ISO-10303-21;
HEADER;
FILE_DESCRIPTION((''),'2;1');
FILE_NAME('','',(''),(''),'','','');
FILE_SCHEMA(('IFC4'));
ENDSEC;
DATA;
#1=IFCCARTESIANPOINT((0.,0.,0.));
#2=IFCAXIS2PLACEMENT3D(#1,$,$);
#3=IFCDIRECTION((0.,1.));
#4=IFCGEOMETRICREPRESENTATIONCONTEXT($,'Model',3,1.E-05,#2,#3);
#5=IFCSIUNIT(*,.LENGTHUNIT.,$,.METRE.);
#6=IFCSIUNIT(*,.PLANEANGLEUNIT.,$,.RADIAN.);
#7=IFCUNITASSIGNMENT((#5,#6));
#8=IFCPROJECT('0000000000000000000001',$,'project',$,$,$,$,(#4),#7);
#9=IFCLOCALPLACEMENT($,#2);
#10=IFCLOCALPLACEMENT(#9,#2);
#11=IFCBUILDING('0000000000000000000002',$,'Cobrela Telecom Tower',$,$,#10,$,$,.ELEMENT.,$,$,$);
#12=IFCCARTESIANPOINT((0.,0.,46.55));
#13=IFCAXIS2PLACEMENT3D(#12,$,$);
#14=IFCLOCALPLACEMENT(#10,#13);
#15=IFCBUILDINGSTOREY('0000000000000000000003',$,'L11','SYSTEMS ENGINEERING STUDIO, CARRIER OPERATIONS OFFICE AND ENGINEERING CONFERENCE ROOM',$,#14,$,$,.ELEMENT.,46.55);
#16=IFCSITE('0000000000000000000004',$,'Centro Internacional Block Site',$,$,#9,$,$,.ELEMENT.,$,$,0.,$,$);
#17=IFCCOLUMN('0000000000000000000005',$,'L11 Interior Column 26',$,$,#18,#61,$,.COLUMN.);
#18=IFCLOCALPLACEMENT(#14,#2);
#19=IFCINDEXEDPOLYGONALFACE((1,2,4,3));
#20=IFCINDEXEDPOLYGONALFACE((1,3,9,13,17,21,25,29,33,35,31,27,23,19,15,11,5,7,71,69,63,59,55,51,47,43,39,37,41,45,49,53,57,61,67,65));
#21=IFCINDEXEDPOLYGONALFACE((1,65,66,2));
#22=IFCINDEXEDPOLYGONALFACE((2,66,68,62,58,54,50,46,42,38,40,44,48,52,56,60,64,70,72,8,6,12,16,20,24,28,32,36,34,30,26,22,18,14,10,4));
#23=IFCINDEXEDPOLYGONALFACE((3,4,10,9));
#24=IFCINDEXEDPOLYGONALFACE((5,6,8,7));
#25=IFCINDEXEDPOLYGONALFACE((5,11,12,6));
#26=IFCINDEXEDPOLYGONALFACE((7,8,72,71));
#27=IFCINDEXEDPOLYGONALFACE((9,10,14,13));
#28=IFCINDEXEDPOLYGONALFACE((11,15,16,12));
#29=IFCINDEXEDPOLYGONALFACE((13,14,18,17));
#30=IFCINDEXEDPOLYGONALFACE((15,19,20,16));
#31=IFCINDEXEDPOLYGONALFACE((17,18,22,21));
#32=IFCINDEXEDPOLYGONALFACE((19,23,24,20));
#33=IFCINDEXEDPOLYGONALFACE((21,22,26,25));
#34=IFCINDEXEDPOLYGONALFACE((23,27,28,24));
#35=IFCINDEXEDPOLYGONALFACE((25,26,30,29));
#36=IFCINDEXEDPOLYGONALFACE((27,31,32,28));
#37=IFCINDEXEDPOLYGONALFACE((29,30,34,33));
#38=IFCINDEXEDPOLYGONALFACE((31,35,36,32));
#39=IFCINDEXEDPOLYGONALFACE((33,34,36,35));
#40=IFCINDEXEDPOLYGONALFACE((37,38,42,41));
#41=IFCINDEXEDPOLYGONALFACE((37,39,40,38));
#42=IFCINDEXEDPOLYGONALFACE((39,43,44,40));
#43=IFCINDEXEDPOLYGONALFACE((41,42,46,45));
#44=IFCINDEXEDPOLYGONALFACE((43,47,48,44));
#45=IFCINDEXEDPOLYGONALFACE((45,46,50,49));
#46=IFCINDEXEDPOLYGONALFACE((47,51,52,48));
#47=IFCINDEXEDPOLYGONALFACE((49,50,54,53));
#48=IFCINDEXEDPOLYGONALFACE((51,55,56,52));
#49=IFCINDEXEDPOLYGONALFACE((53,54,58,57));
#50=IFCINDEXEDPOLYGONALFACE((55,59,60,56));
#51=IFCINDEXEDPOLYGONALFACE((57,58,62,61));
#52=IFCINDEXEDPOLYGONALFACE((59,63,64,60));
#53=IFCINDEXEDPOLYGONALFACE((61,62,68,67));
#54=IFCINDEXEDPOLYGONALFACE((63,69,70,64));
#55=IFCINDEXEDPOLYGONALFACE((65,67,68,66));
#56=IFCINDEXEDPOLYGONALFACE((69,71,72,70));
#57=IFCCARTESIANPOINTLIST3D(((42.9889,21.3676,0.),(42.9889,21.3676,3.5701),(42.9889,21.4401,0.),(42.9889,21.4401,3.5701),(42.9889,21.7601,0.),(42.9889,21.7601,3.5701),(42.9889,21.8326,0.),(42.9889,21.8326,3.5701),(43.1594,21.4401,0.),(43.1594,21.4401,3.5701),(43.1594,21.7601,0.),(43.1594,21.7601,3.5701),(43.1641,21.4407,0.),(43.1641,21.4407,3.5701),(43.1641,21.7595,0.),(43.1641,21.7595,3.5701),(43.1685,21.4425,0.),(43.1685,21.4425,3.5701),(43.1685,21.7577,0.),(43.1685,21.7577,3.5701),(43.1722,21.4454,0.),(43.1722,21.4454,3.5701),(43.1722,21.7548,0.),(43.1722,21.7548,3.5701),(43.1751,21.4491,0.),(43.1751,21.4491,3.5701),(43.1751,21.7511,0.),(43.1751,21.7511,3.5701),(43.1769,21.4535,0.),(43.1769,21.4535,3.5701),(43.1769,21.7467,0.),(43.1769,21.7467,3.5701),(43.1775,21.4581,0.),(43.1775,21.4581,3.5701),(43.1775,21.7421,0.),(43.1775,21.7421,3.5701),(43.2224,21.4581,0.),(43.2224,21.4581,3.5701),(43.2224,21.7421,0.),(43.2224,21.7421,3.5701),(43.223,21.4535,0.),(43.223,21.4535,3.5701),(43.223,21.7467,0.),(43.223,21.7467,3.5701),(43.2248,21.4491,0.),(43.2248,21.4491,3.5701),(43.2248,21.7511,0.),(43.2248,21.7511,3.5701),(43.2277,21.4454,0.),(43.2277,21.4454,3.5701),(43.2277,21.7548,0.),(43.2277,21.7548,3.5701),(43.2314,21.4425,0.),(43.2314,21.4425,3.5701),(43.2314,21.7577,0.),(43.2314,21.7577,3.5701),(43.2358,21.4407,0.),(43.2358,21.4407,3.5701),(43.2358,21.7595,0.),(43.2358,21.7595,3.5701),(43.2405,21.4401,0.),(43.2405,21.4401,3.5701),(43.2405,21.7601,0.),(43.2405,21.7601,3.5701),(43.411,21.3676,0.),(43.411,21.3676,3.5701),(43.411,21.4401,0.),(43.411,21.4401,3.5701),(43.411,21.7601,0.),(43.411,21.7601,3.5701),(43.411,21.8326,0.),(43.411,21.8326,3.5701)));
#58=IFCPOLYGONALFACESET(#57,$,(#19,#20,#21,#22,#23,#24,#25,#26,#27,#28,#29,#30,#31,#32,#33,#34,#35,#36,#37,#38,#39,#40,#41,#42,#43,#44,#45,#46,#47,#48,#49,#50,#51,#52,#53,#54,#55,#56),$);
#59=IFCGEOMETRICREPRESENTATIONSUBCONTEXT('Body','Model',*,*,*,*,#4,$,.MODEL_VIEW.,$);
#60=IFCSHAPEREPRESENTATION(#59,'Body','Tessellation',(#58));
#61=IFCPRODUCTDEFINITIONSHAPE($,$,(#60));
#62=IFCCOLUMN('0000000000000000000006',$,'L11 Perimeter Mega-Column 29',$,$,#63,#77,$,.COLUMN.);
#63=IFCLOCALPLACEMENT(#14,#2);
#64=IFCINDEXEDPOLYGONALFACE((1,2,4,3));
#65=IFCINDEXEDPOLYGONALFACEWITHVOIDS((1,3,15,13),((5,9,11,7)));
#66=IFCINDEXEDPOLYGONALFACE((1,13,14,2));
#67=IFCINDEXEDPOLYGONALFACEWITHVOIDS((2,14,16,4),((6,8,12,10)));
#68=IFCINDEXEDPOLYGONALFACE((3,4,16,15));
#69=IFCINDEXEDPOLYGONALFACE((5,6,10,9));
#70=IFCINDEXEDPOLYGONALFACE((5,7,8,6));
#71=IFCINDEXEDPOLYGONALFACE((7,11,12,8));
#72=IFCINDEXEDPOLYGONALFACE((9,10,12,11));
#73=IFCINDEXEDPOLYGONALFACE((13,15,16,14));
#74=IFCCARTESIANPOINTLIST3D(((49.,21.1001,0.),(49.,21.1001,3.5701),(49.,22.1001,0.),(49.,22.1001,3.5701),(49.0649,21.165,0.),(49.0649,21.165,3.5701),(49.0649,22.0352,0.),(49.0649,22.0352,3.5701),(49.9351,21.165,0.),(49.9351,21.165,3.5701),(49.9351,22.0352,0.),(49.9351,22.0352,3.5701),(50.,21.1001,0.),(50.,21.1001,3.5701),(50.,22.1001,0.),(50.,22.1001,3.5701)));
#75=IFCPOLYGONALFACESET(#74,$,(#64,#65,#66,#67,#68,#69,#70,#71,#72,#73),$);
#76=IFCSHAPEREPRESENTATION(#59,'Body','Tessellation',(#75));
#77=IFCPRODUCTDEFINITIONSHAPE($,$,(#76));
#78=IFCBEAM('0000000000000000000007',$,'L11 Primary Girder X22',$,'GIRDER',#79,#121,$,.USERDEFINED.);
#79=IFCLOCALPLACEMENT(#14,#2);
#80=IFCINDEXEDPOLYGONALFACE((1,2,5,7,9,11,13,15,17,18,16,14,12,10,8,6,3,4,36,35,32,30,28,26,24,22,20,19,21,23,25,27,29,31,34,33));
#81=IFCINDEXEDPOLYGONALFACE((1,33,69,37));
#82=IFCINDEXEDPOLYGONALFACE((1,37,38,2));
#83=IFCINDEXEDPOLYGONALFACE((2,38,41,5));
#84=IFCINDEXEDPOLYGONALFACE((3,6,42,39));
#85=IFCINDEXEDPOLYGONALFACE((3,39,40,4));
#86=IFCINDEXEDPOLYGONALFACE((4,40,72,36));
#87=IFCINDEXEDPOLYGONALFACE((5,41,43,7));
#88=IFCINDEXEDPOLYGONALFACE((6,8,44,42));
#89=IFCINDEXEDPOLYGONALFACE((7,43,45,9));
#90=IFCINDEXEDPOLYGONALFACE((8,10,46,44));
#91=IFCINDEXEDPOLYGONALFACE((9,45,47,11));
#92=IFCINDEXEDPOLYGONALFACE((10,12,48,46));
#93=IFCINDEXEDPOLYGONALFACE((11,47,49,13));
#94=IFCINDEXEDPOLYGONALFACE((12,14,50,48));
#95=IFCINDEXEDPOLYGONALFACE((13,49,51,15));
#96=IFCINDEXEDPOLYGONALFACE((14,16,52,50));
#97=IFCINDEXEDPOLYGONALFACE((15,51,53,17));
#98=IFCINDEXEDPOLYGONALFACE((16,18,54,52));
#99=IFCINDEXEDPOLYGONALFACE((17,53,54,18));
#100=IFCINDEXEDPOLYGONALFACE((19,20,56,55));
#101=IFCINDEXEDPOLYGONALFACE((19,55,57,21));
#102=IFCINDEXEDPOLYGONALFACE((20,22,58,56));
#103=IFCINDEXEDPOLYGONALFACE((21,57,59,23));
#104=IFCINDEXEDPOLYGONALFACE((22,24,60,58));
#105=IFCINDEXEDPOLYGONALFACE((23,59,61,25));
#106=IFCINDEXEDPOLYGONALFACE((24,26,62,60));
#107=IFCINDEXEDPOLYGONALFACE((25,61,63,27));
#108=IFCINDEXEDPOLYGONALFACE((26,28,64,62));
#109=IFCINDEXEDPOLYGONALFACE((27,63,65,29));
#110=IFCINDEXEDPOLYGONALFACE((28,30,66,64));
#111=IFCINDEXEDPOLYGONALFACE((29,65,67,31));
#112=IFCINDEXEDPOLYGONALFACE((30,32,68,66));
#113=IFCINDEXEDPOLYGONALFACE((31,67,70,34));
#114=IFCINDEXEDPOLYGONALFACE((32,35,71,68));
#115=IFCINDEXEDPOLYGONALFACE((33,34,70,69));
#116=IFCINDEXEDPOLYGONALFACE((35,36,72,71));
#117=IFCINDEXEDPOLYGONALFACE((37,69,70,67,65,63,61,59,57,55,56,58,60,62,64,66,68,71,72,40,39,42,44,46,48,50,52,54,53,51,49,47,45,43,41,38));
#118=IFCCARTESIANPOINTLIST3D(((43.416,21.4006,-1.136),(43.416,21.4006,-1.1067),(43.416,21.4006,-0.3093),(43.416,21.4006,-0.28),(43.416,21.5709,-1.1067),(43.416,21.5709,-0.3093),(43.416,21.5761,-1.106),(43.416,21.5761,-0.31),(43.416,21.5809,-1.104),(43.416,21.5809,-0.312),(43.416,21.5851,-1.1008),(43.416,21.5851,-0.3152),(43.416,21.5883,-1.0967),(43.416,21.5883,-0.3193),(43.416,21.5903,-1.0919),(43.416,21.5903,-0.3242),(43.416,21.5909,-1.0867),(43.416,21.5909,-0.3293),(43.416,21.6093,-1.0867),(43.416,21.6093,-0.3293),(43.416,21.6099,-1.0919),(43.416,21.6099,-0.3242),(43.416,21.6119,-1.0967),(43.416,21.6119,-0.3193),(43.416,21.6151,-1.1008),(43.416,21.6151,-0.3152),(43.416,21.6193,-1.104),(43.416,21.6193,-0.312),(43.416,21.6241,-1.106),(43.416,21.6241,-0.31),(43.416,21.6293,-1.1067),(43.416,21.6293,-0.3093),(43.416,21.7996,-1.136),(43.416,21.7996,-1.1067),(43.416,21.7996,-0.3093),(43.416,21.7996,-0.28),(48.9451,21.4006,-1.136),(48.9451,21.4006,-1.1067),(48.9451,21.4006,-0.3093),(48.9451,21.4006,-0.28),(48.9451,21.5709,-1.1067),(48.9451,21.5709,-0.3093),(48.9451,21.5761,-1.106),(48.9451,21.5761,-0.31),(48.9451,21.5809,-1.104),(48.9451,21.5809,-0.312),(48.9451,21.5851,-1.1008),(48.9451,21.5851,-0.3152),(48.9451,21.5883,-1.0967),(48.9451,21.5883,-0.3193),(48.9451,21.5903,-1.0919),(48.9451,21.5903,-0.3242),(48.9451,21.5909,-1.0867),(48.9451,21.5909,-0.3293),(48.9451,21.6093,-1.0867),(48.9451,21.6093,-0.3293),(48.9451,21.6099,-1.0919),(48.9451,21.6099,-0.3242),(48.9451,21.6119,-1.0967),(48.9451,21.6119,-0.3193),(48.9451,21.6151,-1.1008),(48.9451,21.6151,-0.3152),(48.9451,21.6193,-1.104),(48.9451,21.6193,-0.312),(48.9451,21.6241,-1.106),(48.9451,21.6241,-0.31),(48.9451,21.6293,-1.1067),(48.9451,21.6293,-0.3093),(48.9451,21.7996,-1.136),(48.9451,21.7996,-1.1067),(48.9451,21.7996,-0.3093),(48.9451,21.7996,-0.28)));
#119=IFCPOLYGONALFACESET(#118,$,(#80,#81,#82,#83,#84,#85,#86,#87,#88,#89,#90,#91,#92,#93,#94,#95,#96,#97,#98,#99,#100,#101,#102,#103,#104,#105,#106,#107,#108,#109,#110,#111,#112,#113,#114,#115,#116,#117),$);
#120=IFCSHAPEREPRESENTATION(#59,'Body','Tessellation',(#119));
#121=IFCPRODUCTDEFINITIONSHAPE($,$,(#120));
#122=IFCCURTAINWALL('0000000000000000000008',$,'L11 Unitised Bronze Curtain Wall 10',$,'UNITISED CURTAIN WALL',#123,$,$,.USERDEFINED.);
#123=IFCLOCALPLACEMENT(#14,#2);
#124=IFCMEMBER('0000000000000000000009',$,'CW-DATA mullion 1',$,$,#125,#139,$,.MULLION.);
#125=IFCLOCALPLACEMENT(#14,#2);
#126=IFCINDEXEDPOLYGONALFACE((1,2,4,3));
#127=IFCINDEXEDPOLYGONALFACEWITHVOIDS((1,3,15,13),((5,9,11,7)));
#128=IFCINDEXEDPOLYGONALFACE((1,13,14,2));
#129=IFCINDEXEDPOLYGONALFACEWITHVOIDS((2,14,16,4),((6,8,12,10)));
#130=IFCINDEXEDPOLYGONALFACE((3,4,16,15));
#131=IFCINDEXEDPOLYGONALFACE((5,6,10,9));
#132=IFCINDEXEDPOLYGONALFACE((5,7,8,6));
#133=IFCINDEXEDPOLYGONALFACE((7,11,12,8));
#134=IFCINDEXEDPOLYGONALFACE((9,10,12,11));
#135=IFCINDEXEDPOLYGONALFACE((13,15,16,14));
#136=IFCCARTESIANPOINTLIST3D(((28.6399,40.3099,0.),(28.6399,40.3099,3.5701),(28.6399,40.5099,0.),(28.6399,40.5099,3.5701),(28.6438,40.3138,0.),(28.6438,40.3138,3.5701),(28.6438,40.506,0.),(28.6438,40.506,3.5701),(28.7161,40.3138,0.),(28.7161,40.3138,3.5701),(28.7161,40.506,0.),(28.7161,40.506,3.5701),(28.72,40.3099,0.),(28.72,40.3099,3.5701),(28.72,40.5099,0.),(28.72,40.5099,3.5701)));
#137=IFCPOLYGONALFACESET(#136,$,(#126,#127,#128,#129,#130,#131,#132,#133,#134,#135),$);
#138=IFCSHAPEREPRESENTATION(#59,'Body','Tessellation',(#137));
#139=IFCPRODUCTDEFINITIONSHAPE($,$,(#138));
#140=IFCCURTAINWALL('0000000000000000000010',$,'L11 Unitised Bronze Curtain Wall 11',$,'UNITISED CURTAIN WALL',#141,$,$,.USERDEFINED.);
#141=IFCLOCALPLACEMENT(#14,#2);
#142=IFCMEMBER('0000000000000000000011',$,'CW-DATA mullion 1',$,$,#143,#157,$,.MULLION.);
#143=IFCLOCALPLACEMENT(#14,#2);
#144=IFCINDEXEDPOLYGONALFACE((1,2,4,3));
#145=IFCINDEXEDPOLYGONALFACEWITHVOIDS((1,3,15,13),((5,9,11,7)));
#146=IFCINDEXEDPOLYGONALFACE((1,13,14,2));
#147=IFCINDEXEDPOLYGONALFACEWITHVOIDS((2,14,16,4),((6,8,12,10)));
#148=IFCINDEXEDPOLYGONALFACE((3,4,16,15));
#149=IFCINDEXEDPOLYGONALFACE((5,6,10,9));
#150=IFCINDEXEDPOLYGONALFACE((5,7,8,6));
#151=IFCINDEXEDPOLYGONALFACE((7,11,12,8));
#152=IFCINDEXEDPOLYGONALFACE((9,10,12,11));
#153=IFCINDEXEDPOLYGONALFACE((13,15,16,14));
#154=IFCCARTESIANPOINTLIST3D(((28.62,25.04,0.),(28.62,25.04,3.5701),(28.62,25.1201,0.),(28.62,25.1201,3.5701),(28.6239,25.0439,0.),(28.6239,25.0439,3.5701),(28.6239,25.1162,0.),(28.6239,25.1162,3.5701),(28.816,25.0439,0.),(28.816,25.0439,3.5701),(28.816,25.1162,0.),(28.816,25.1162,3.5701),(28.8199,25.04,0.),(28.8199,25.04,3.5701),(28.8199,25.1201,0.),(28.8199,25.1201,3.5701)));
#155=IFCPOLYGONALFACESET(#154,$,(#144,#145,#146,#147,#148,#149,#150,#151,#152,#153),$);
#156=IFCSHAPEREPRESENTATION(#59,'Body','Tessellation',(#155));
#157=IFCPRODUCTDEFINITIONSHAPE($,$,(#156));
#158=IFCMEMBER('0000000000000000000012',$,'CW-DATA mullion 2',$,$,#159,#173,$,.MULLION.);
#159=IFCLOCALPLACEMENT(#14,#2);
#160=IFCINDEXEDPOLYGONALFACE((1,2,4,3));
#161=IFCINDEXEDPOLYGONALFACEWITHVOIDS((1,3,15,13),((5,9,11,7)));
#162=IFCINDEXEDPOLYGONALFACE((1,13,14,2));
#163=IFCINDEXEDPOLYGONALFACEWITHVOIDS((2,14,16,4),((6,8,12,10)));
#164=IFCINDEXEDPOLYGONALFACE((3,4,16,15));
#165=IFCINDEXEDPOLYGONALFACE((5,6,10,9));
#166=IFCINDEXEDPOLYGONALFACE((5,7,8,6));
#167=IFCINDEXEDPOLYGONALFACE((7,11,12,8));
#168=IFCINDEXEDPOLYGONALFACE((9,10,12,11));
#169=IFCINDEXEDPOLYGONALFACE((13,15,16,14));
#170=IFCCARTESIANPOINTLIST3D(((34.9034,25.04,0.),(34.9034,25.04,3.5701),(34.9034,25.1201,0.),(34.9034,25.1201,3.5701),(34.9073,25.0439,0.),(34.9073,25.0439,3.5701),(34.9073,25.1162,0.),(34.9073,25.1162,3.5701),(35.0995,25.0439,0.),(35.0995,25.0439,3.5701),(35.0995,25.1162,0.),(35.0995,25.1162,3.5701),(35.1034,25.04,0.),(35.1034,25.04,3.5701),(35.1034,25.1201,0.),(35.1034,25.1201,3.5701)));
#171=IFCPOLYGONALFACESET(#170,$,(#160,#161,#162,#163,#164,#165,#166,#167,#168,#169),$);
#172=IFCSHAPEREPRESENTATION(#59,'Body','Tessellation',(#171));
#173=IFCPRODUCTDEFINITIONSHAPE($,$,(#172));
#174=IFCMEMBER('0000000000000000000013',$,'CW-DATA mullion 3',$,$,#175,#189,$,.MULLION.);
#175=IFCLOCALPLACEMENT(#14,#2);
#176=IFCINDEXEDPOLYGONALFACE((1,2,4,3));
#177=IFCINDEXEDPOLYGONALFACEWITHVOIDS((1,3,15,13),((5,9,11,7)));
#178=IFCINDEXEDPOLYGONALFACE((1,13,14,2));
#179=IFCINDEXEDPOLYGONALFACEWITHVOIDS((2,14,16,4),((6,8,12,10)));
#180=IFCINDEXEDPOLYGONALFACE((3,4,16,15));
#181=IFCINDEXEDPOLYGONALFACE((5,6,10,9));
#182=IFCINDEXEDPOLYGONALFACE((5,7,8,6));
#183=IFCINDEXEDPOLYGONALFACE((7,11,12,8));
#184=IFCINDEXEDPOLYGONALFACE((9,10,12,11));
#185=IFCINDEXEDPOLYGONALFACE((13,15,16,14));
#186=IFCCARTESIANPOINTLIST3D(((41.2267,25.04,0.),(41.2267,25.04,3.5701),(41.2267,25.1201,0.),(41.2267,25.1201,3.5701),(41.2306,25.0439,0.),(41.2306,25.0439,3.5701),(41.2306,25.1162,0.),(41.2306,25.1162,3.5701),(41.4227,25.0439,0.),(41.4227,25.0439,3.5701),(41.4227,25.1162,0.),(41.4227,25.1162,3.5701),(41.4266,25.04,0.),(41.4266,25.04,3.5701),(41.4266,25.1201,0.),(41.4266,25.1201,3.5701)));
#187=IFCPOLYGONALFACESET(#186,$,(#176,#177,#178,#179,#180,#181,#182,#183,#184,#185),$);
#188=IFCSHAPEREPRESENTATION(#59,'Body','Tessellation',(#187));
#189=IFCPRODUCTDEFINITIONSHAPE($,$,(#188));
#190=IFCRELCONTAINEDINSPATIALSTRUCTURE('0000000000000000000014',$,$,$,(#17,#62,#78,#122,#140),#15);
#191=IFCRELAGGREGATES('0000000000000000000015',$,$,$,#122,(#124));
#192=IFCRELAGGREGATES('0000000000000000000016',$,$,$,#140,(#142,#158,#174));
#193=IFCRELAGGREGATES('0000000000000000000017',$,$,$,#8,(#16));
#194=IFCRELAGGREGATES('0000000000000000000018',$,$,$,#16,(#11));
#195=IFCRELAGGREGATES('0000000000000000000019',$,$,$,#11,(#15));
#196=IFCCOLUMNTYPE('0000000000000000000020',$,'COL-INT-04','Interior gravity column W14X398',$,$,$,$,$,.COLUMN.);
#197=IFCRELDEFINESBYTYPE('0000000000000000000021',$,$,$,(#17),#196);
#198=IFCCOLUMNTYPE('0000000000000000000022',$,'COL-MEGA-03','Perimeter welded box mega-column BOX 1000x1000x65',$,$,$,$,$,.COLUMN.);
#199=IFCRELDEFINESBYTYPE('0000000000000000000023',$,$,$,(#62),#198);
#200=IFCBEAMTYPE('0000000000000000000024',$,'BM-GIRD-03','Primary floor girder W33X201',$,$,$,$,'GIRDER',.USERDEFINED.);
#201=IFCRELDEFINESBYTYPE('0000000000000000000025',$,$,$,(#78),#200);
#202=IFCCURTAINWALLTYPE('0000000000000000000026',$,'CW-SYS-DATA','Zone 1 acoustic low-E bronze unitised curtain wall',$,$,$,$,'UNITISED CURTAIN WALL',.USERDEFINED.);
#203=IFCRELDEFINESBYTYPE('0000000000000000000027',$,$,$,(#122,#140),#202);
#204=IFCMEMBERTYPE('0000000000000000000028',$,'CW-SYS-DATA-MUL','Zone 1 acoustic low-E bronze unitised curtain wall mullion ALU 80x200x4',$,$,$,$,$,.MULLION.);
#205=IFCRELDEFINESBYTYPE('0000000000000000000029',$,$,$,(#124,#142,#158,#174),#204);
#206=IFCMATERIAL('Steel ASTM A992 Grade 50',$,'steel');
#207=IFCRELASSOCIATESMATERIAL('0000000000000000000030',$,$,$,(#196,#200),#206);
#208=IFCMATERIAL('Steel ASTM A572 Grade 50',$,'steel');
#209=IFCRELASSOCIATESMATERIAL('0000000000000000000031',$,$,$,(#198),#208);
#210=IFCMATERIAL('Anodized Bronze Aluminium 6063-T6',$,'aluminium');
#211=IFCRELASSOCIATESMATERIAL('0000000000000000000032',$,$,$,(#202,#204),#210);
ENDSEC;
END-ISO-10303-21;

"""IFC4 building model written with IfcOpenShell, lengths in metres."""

from ifc_helpers import new_model, si_unit, direction, frame, origin, origin_2d, place, context, subcontext, project, spatial, hollow_rectangle, i_section, extrude, material, material_profile, profile_set, type_object, element, aggregate, save


model = new_model("IFC4")

# Units and contexts
model_context = context("Model", 3, precision=1e-05, world=origin(), true_north=direction((0.0, 1.0)))
body_context = subcontext(model_context, "Body", "Model", "MODEL_VIEW")
ifc_project = project(units=[si_unit("LENGTHUNIT", "METRE"), si_unit("PLANEANGLEUNIT", "RADIAN")], contexts=[model_context])

# Site, building, storey
site_placement = place(None, origin())
site = spatial("IfcSite", under=ifc_project, at=site_placement, Name="Centro Internacional Block Site", CompositionType="ELEMENT", RefElevation=0.0)
building_placement = place(site_placement, origin())
building = spatial("IfcBuilding", under=site, at=building_placement, Name="Cobrela Telecom Tower", CompositionType="ELEMENT")
storey_placement = place(building_placement, frame((0.0, 0.0, 46.55)))
storey = spatial("IfcBuildingStorey", under=building, at=storey_placement, Name="L11", Description="SYSTEMS ENGINEERING STUDIO, CARRIER OPERATIONS OFFICE AND ENGINEERING CONFERENCE ROOM", CompositionType="ELEMENT", Elevation=46.55)

# Columns
ifc_material_1 = material(Name="Steel ASTM A992 Grade 50", Category="steel")
ifc_material_profile_1 = material_profile(ifc_material_1, i_section(OverallWidth=0.4221, OverallDepth=0.4651, WebThickness=0.0449, FlangeThickness=0.0725, FilletRadius=0.0181, at=origin_2d()), Name="W14X398")
ifc_profile_set_1 = profile_set([ifc_material_profile_1], Name="Steel ASTM A992 Grade 50")
column_type_1 = type_object("IfcColumnType", Name="COL-INT-04", Description="Interior gravity column W14X398", PredefinedType="COLUMN", material=ifc_profile_set_1)
column_1_placement = place(storey_placement, frame((43.2, 21.6001, 0.0), z_axis=(0.0, 0.0, 1.0), x_axis=(1.0, 0.0, 0.0)))
element("IfcColumn", 1, at=column_1_placement, inside=storey, type_object=column_type_1, Name="L11 Interior Column 26", PredefinedType="COLUMN", context=body_context, shape_type="SweptSolid", body=[
    extrude(i_section(OverallWidth=0.4221, OverallDepth=0.4651, WebThickness=0.0449, FlangeThickness=0.0725, FilletRadius=0.0181, at=origin_2d()), origin(), (0.0, 0.0, 1.0), 3.5701),
])
ifc_material_2 = material(Name="Steel ASTM A572 Grade 50", Category="steel")
ifc_material_profile_2 = material_profile(ifc_material_2, hollow_rectangle(XDim=1.0, YDim=1.0, WallThickness=0.0649, at=origin_2d()), Name="BOX 1000x1000x65")
ifc_profile_set_2 = profile_set([ifc_material_profile_2], Name="Steel ASTM A572 Grade 50")
column_type_2 = type_object("IfcColumnType", Name="COL-MEGA-03", Description="Perimeter welded box mega-column BOX 1000x1000x65", PredefinedType="COLUMN", material=ifc_profile_set_2)
column_2_placement = place(storey_placement, frame((49.5, 21.6001, 0.0), z_axis=(0.0, 0.0, 1.0), x_axis=(1.0, 0.0, 0.0)))
element("IfcColumn", 2, at=column_2_placement, inside=storey, type_object=column_type_2, Name="L11 Perimeter Mega-Column 29", PredefinedType="COLUMN", context=body_context, shape_type="SweptSolid", body=[
    extrude(hollow_rectangle(XDim=1.0, YDim=1.0, WallThickness=0.0649, at=origin_2d()), origin(), (0.0, 0.0, 1.0), 3.5701),
])

# Beam
ifc_material_profile_3 = material_profile(ifc_material_1, i_section(OverallWidth=0.3989, OverallDepth=0.856, WebThickness=0.0183, FlangeThickness=0.0293, FilletRadius=0.02, at=origin_2d()), Name="W33X201")
ifc_profile_set_3 = profile_set([ifc_material_profile_3], Name="Steel ASTM A992 Grade 50")
beam_type = type_object("IfcBeamType", Name="BM-GIRD-03", Description="Primary floor girder W33X201", ElementType="GIRDER", PredefinedType="USERDEFINED", material=ifc_profile_set_3)
beam_placement = place(storey_placement, frame((43.416, 21.6001, -0.708), z_axis=(1.0, 0.0, 0.0), x_axis=(0.0, 1.0, 0.0)))
element("IfcBeam", 3, at=beam_placement, inside=storey, type_object=beam_type, Name="L11 Primary Girder X22", ObjectType="GIRDER", PredefinedType="USERDEFINED", context=body_context, shape_type="SweptSolid", body=[
    extrude(i_section(OverallWidth=0.3989, OverallDepth=0.856, WebThickness=0.0183, FlangeThickness=0.0293, FilletRadius=0.02, at=origin_2d()), origin(), (0.0, 0.0, 1.0), 5.5291),
])

# Curtain wall, member
ifc_material_3 = material(Name="Anodized Bronze Aluminium 6063-T6", Category="aluminium")
curtain_wall_type = type_object("IfcCurtainWallType", Name="CW-SYS-DATA", Description="Zone 1 acoustic low-E bronze unitised curtain wall", ElementType="UNITISED CURTAIN WALL", PredefinedType="USERDEFINED", material=ifc_material_3)
curtain_wall_1_placement = place(storey_placement, origin())
curtain_wall_1 = element("IfcCurtainWall", 4, at=curtain_wall_1_placement, inside=storey, type_object=curtain_wall_type, Name="L11 Unitised Bronze Curtain Wall 10", ObjectType="UNITISED CURTAIN WALL", PredefinedType="USERDEFINED")
ifc_material_profile_4 = material_profile(ifc_material_3, hollow_rectangle(XDim=0.0801, YDim=0.2, WallThickness=0.0039, at=origin_2d()), Name="ALU 80x200x4")
ifc_profile_set_4 = profile_set([ifc_material_profile_4], Name="Anodized Bronze Aluminium 6063-T6")
member_type_1 = type_object("IfcMemberType", Name="CW-SYS-DATA-MUL", Description="Zone 1 acoustic low-E bronze unitised curtain wall mullion ALU 80x200x4", PredefinedType="MULLION", material=ifc_profile_set_4)
member_1_placement = place(storey_placement, frame((28.6799, 40.4099, 0.0), z_axis=(0.0, 0.0, 1.0), x_axis=(1.0, 0.0, 0.0)))
member_1 = element("IfcMember", 5, at=member_1_placement, type_object=member_type_1, Name="CW-DATA mullion 1", PredefinedType="MULLION", context=body_context, shape_type="SweptSolid", body=[
    extrude(hollow_rectangle(XDim=0.0801, YDim=0.2, WallThickness=0.0039, at=origin_2d()), origin(), (0.0, 0.0, 1.0), 3.5701),
])
aggregate(curtain_wall_1, [member_1])

# Curtain wall, members
curtain_wall_2_placement = place(storey_placement, origin())
curtain_wall_2 = element("IfcCurtainWall", 6, at=curtain_wall_2_placement, inside=storey, type_object=curtain_wall_type, Name="L11 Unitised Bronze Curtain Wall 11", ObjectType="UNITISED CURTAIN WALL", PredefinedType="USERDEFINED")
member_2_placement = place(storey_placement, frame((28.72, 25.0801, 0.0), z_axis=(0.0, 0.0, 1.0), x_axis=(0.0, 1.0, 0.0)))
member_2 = element("IfcMember", 7, at=member_2_placement, type_object=member_type_1, Name="CW-DATA mullion 1", PredefinedType="MULLION", context=body_context, shape_type="SweptSolid", body=[
    extrude(hollow_rectangle(XDim=0.0801, YDim=0.2, WallThickness=0.0039, at=origin_2d()), origin(), (0.0, 0.0, 1.0), 3.5701),
])
member_3_placement = place(storey_placement, frame((35.0034, 25.0801, 0.0), z_axis=(0.0, 0.0, 1.0), x_axis=(0.0, 1.0, 0.0)))
member_3 = element("IfcMember", 8, at=member_3_placement, type_object=member_type_1, Name="CW-DATA mullion 2", PredefinedType="MULLION", context=body_context, shape_type="SweptSolid", body=[
    extrude(hollow_rectangle(XDim=0.0801, YDim=0.2, WallThickness=0.0039, at=origin_2d()), origin(), (0.0, 0.0, 1.0), 3.5701),
])
member_4_placement = place(storey_placement, frame((41.3267, 25.0801, 0.0), z_axis=(0.0, 0.0, 1.0), x_axis=(0.0, 1.0, 0.0)))
member_4 = element("IfcMember", 9, at=member_4_placement, type_object=member_type_1, Name="CW-DATA mullion 3", PredefinedType="MULLION", context=body_context, shape_type="SweptSolid", body=[
    extrude(hollow_rectangle(XDim=0.0801, YDim=0.2, WallThickness=0.0039, at=origin_2d()), origin(), (0.0, 0.0, 1.0), 3.5701),
])

aggregate(curtain_wall_2, [member_2, member_3, member_4])

save(model, "model.ifc")
